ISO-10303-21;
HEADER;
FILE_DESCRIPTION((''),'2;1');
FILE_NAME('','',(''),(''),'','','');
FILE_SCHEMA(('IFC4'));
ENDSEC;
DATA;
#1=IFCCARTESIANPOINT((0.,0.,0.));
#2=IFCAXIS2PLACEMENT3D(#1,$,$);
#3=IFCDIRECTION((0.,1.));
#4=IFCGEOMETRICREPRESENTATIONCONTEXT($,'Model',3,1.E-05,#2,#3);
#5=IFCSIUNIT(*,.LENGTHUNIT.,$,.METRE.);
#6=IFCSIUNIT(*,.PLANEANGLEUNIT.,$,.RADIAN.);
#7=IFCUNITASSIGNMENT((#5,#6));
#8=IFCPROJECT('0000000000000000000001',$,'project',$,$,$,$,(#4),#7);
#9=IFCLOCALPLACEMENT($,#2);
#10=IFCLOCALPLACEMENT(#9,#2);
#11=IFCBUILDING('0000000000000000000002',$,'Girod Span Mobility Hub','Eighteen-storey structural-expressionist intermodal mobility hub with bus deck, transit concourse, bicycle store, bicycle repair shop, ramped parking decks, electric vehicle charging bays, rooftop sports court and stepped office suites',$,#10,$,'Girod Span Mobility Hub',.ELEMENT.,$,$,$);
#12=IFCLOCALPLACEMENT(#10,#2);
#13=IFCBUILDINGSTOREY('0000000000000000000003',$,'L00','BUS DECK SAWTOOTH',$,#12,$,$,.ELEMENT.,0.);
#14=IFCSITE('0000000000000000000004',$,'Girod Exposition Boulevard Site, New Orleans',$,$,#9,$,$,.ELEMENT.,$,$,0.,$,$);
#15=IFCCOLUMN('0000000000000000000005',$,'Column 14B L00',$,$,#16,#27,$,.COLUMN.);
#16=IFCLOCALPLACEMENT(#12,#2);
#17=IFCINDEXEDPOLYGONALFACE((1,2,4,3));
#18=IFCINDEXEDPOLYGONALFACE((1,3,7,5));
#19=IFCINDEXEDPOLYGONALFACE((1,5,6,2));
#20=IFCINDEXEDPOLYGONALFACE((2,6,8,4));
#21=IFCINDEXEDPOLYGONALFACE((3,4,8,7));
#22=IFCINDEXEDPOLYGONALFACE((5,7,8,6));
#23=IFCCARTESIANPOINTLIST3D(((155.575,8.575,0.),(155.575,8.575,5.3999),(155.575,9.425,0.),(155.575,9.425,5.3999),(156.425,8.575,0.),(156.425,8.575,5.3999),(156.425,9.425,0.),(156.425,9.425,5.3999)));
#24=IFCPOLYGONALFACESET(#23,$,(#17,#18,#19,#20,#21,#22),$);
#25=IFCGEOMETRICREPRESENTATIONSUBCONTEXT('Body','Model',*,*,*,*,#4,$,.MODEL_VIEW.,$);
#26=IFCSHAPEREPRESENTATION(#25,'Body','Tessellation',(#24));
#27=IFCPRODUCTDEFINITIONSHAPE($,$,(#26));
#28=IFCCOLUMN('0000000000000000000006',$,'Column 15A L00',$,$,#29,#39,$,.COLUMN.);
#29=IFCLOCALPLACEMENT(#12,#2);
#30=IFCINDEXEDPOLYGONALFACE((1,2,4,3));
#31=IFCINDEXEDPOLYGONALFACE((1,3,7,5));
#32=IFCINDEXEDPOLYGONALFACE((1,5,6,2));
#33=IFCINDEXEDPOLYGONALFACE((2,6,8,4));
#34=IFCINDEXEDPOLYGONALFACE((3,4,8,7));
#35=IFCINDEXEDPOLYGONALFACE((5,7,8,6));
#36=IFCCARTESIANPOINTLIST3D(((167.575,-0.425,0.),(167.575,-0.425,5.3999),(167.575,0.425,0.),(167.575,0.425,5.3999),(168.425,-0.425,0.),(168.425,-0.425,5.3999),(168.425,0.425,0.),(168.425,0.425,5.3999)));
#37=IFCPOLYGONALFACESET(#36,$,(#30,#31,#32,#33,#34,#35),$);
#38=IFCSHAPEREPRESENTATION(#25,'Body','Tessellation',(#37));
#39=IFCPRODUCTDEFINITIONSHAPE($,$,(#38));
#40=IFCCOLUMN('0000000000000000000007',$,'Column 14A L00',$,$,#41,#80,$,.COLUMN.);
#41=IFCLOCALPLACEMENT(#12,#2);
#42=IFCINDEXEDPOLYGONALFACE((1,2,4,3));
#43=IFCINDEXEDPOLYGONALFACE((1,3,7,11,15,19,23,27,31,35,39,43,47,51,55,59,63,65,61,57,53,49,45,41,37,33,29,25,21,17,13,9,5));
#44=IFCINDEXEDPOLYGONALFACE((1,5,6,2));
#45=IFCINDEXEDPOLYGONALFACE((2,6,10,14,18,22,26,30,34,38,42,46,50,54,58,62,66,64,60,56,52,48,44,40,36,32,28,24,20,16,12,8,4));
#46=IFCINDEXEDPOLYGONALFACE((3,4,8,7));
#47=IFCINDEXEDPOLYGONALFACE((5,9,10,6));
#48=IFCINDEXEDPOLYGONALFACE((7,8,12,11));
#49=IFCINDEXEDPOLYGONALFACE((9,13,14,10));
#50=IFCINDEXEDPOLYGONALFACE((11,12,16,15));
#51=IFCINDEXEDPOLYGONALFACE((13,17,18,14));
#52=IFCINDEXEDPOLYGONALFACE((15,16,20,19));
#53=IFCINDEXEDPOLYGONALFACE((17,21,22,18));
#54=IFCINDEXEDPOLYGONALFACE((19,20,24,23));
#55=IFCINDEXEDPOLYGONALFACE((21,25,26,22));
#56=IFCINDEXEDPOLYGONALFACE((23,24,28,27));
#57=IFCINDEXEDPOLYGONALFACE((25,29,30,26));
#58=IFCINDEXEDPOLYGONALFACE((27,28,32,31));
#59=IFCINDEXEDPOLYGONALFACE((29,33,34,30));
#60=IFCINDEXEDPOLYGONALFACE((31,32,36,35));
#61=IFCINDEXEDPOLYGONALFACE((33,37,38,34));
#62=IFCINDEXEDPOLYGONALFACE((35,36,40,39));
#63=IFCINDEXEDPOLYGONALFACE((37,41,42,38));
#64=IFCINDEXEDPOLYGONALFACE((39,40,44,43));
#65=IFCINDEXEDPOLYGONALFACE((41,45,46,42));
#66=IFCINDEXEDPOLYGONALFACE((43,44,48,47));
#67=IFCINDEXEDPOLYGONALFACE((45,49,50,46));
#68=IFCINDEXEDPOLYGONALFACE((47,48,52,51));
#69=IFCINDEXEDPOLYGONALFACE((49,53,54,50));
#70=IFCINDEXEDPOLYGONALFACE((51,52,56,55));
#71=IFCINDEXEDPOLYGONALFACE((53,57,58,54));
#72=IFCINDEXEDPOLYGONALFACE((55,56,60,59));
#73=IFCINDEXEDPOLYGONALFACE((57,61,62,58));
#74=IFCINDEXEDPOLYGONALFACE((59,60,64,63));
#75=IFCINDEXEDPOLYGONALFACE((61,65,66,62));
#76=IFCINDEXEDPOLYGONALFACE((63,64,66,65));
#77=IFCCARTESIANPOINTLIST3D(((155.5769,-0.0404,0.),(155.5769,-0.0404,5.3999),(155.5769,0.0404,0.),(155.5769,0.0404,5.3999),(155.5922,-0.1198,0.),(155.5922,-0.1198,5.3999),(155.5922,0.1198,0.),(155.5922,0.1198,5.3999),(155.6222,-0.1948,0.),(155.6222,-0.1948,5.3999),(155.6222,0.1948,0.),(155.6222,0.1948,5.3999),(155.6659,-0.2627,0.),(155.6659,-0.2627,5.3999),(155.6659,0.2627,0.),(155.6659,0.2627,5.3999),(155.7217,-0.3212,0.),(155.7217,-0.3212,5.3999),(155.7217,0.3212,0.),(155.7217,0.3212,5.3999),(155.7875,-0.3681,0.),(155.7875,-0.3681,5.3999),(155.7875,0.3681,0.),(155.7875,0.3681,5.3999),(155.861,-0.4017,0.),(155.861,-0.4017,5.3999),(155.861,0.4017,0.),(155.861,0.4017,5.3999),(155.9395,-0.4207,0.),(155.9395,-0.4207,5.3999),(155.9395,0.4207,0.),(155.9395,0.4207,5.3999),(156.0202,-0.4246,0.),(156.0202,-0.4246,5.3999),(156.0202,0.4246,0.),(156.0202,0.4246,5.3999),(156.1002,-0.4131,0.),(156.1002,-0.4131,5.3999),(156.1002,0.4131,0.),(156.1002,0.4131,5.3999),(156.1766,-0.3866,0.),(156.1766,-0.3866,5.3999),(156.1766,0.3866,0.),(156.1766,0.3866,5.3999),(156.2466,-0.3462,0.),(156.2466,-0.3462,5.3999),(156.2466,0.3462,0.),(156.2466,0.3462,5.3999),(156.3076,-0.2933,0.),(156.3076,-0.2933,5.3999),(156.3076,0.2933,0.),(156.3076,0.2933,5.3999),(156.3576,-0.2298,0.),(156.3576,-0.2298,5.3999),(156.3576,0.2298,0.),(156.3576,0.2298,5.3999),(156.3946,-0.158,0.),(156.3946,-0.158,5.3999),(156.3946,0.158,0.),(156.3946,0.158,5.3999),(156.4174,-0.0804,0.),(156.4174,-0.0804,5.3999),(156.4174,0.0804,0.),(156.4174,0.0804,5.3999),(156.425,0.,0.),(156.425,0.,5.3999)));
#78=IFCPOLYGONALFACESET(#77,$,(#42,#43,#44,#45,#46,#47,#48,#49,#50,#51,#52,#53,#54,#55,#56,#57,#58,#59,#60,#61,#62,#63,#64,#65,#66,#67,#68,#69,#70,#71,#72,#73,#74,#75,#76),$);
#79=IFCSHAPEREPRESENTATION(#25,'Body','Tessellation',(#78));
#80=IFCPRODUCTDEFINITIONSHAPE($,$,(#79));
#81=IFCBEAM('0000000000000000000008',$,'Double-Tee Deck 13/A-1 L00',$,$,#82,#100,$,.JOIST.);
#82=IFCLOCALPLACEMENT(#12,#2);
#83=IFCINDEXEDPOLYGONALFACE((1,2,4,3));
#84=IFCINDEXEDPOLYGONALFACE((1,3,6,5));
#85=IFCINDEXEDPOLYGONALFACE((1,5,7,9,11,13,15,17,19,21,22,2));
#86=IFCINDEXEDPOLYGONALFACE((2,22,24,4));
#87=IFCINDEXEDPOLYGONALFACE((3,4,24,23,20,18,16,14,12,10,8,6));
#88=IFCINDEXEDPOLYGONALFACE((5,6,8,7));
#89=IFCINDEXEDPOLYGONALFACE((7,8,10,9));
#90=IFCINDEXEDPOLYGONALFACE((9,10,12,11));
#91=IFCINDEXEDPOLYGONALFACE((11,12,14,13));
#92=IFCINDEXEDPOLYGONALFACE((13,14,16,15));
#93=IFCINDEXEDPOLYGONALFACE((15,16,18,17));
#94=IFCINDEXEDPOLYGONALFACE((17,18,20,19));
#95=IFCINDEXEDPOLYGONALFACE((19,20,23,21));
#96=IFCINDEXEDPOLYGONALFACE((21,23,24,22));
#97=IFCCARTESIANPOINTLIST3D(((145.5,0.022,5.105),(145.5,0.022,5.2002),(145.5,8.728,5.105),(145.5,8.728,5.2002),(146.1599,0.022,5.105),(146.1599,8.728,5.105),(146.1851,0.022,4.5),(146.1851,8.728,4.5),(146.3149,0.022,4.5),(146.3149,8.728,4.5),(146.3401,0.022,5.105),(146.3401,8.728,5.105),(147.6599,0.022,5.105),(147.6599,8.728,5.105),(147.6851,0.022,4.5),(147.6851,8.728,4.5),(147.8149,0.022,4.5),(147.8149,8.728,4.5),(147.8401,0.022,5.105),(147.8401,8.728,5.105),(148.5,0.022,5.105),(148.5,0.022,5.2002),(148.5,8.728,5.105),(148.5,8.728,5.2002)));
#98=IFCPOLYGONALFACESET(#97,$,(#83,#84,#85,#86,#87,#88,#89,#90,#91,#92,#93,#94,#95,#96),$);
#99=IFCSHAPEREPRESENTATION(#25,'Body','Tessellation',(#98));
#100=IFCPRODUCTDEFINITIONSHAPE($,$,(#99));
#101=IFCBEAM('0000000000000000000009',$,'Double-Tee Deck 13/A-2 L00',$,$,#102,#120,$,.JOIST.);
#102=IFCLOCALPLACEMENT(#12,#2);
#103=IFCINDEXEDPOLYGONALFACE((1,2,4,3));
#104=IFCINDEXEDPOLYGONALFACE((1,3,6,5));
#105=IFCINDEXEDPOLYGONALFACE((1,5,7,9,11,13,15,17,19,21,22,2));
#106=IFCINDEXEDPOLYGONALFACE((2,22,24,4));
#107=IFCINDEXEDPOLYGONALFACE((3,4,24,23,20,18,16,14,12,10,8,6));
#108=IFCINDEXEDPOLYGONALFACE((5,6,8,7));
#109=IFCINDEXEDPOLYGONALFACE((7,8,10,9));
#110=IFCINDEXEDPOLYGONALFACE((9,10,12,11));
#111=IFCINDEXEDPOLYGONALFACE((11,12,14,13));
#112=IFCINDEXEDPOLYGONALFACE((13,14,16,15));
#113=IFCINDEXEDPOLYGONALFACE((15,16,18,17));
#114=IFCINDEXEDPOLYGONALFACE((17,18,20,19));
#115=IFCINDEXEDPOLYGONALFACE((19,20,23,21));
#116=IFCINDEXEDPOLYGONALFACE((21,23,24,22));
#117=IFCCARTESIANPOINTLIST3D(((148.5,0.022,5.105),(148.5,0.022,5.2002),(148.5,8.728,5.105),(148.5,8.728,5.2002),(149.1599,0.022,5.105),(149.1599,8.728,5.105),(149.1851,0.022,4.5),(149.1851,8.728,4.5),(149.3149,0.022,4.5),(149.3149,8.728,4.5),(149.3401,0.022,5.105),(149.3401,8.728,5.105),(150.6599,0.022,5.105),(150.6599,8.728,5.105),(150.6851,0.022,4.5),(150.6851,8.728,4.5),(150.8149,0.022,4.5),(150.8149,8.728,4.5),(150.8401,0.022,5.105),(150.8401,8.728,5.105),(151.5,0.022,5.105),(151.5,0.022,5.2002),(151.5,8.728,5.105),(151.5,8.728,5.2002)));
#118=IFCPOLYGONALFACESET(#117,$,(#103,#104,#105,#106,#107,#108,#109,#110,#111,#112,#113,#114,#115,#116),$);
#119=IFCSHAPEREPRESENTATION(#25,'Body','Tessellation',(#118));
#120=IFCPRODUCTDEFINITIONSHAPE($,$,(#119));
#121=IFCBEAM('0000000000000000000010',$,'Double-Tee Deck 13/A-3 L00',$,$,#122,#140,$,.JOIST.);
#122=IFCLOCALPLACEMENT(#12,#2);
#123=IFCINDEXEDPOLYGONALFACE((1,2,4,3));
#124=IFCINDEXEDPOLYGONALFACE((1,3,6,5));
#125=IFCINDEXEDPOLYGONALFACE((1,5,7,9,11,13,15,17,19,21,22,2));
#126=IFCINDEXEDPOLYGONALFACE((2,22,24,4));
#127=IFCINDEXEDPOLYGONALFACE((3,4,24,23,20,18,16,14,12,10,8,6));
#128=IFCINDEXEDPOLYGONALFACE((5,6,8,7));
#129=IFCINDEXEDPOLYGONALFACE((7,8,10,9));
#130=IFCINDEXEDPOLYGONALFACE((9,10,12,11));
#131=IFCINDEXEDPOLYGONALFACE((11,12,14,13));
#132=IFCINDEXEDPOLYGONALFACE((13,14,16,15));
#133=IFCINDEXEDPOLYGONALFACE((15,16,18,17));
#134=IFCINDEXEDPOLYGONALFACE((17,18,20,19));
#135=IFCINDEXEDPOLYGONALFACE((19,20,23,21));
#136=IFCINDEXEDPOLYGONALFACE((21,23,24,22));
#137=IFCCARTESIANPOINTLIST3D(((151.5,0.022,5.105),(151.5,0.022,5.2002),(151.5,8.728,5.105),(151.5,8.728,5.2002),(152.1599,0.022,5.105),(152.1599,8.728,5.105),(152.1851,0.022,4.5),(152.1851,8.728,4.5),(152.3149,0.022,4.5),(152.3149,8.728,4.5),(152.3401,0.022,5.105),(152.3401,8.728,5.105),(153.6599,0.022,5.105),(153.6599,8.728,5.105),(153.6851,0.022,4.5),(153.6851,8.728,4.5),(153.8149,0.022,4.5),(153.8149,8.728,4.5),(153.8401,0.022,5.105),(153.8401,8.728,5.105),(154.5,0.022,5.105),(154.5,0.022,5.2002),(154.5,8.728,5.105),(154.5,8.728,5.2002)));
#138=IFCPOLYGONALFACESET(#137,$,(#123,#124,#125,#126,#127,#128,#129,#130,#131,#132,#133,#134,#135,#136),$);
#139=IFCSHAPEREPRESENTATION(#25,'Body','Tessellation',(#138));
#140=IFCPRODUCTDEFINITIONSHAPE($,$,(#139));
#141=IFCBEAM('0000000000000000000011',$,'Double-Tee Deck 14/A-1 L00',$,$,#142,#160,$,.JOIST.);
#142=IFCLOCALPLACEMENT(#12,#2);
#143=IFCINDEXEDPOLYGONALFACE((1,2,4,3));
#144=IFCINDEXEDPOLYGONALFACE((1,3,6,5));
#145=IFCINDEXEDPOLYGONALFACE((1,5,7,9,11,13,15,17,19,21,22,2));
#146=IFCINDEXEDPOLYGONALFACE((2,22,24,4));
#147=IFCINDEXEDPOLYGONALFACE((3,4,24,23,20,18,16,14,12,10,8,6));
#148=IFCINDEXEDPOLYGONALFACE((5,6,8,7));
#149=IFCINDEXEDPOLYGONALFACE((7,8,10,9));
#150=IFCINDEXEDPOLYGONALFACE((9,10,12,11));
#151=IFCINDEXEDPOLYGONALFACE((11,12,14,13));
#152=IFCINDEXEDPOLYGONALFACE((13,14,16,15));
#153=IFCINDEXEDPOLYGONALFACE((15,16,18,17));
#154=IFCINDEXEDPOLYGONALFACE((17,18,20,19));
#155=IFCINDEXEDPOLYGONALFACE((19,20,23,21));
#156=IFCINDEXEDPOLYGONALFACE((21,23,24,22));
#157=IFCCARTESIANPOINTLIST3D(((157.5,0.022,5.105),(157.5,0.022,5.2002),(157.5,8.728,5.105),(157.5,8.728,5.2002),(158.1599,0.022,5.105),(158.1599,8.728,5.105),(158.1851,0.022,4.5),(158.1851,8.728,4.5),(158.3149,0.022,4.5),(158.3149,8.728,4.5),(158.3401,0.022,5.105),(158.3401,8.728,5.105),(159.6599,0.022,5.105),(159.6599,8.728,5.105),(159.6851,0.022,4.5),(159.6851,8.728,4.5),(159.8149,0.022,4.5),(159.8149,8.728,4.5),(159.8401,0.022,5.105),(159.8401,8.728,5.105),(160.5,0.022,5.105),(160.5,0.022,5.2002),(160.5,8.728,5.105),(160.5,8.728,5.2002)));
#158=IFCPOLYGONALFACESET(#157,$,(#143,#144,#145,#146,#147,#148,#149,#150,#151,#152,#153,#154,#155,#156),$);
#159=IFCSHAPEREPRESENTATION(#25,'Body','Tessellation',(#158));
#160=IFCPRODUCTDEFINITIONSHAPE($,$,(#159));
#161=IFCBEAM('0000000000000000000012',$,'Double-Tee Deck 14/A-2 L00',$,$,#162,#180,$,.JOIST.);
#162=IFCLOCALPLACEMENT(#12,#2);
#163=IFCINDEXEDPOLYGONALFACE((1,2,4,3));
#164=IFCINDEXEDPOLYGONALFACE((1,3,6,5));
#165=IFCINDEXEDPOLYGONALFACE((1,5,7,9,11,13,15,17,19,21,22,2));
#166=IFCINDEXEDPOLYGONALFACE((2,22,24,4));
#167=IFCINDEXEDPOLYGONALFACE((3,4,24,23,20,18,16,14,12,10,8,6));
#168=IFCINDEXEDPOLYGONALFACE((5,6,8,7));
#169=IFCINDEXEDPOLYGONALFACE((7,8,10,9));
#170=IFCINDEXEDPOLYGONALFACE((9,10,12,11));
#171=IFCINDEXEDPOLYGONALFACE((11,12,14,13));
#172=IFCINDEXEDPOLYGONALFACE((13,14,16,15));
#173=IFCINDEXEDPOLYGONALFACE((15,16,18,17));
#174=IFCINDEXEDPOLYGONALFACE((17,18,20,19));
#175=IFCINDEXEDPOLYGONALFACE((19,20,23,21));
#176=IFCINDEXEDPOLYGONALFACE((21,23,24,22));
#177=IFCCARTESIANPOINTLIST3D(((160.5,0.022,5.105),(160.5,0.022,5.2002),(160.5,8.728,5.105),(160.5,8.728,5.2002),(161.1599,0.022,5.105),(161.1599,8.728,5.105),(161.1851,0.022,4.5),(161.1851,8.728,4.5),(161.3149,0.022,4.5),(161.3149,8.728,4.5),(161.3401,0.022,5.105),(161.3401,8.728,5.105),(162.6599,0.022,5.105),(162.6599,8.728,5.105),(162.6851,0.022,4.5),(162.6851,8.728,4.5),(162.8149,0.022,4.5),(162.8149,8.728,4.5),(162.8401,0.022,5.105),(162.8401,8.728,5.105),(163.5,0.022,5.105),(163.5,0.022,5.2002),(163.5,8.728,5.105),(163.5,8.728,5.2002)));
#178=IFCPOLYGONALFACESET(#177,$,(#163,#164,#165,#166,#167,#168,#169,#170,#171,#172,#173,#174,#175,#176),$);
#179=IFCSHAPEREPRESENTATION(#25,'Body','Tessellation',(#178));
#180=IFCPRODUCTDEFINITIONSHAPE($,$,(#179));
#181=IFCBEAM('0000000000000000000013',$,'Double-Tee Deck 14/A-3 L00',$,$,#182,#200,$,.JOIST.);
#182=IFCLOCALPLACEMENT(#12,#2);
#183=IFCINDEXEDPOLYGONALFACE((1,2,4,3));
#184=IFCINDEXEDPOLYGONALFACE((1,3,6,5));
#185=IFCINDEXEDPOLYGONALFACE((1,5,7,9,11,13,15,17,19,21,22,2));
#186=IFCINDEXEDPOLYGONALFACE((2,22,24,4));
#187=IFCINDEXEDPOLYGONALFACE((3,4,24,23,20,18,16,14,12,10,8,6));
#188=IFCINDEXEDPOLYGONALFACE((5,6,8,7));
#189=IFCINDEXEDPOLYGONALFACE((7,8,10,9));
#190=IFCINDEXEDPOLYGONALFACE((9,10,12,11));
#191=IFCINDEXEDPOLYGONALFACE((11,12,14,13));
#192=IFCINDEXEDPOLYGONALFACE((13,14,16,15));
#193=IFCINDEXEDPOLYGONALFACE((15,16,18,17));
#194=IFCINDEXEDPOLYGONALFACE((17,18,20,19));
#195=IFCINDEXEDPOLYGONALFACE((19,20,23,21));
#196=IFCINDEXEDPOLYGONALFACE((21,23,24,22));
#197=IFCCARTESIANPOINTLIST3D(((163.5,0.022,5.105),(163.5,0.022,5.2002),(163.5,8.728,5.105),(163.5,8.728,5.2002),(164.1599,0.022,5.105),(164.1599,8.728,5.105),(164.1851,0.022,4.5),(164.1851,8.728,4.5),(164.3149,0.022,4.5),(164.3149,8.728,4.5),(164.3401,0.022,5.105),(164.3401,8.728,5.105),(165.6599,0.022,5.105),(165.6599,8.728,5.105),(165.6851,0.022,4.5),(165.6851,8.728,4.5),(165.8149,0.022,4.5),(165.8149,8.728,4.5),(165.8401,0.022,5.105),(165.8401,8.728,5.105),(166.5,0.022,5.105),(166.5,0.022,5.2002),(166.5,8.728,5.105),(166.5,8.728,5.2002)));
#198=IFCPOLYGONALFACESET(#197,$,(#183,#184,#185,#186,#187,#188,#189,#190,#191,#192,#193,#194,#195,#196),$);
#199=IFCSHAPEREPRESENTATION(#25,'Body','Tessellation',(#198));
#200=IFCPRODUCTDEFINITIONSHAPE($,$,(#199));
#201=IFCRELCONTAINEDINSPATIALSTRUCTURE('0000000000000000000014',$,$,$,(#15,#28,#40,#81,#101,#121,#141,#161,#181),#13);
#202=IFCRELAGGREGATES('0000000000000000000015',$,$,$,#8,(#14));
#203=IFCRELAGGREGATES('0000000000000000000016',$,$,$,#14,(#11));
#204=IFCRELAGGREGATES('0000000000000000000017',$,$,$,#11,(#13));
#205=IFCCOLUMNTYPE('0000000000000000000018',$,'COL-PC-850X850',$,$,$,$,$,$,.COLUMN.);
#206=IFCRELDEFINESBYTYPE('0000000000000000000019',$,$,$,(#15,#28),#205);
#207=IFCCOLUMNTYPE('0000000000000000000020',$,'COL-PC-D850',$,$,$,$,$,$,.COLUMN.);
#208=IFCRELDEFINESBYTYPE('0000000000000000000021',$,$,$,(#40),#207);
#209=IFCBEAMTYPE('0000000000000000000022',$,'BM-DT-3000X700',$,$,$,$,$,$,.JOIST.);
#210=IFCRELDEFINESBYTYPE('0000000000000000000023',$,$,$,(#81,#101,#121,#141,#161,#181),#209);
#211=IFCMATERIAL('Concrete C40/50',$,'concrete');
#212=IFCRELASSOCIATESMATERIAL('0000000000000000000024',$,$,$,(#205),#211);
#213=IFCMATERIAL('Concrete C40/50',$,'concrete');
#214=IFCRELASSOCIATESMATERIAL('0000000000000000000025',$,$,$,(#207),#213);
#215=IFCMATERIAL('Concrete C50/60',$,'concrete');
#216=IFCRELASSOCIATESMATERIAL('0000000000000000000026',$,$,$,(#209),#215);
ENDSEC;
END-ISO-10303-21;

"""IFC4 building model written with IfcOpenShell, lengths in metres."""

from ifc_helpers import new_model, si_unit, direction, frame, origin, origin_2d, place, context, subcontext, project, spatial, polyline, rectangle, circle, outline, extrude, material, material_profile, profile_set, type_object, element, save


model = new_model("IFC4")

# Units and contexts
model_context = context("Model", 3, precision=1e-05, world=origin(), true_north=direction((0.0, 1.0)))
body_context = subcontext(model_context, "Body", "Model", "MODEL_VIEW")
ifc_project = project(units=[si_unit("LENGTHUNIT", "METRE"), si_unit("PLANEANGLEUNIT", "RADIAN")], contexts=[model_context])

# Site, building, storey
site_placement = place(None, origin())
site = spatial("IfcSite", under=ifc_project, at=site_placement, Name="Girod Exposition Boulevard Site, New Orleans", CompositionType="ELEMENT", RefElevation=0.0)
building_placement = place(site_placement, origin())
building = spatial("IfcBuilding", under=site, at=building_placement, Name="Girod Span Mobility Hub", Description="Eighteen-storey structural-expressionist intermodal mobility hub with bus deck, transit concourse, bicycle store, bicycle repair shop, ramped parking decks, electric vehicle charging bays, rooftop sports court and stepped office suites", LongName="Girod Span Mobility Hub", CompositionType="ELEMENT")
storey_placement = place(building_placement, origin())
storey = spatial("IfcBuildingStorey", under=building, at=storey_placement, Name="L00", Description="BUS DECK SAWTOOTH", CompositionType="ELEMENT", Elevation=0.0)

# Columns
ifc_material_1 = material(Name="Concrete C40/50", Category="concrete")
ifc_material_profile_1 = material_profile(ifc_material_1, rectangle(XDim=0.8501, YDim=0.8501, at=origin_2d()), Name="PC-COL-850X850")
ifc_profile_set_1 = profile_set([ifc_material_profile_1], Name="Concrete C40/50")
column_type_1 = type_object("IfcColumnType", Name="COL-PC-850X850", PredefinedType="COLUMN", material=ifc_profile_set_1)
for number, where, z_axis, x_axis, name in (
    (1, (156.0, 9.0, 0.0), (0.0, 0.0, 1.0), (1.0, 0.0, 0.0), "Column 14B L00"),
    (2, (168.0, 0.0, 0.0), (0.0, 0.0, 1.0), (1.0, 0.0, 0.0), "Column 15A L00"),
):
    element("IfcColumn", number, at=place(storey_placement, frame(where, z_axis=z_axis, x_axis=x_axis)), inside=storey, type_object=column_type_1, Name=name, PredefinedType="COLUMN", context=body_context, shape_type="SweptSolid", body=[
        extrude(rectangle(XDim=0.8501, YDim=0.8501, at=origin_2d()), origin(), (0.0, 0.0, 1.0), 5.3999),
    ])
ifc_material_2 = material(Name="Concrete C40/50", Category="concrete")
ifc_material_profile_2 = material_profile(ifc_material_2, circle(Radius=0.425, at=origin_2d()), Name="PC-CIR-D850")
ifc_profile_set_2 = profile_set([ifc_material_profile_2], Name="Concrete C40/50")
column_type_2 = type_object("IfcColumnType", Name="COL-PC-D850", PredefinedType="COLUMN", material=ifc_profile_set_2)
column_placement = place(storey_placement, frame((156.0, 0.0, 0.0), z_axis=(0.0, 0.0, 1.0), x_axis=(1.0, 0.0, 0.0)))
element("IfcColumn", 3, at=column_placement, inside=storey, type_object=column_type_2, Name="Column 14A L00", PredefinedType="COLUMN", context=body_context, shape_type="SweptSolid", body=[
    extrude(circle(Radius=0.425, at=origin_2d()), origin(), (0.0, 0.0, 1.0), 5.3999),
])

# Beams
ifc_material_3 = material(Name="Concrete C50/60", Category="concrete")
ifc_material_profile_3 = material_profile(ifc_material_3, outline(polyline([(-1.5, 0.3501), (-1.5, 0.2549), (-0.8401, 0.2549), (-0.8149, -0.3501), (-0.6851, -0.3501), (-0.6599, 0.2549), (0.6599, 0.2549), (0.6851, -0.3501), (0.8149, -0.3501), (0.8401, 0.2549), (1.5, 0.2549), (1.5, 0.3501), (-1.5, 0.3501)])), Name="DT-3000X700")
ifc_profile_set_3 = profile_set([ifc_material_profile_3], Name="Concrete C50/60")
beam_type_1 = type_object("IfcBeamType", Name="BM-DT-3000X700", PredefinedType="JOIST", material=ifc_profile_set_3)
for number, where, z_axis, x_axis, name in (
    (4, (147.0, 0.022, 4.8501), (0.0, 1.0, 0.0), (-1.0, 0.0, 0.0), "Double-Tee Deck 13/A-1 L00"),
    (5, (150.0, 0.022, 4.8501), (0.0, 1.0, 0.0), (-1.0, 0.0, 0.0), "Double-Tee Deck 13/A-2 L00"),
    (6, (153.0, 0.022, 4.8501), (0.0, 1.0, 0.0), (-1.0, 0.0, 0.0), "Double-Tee Deck 13/A-3 L00"),
    (7, (159.0, 0.022, 4.8501), (0.0, 1.0, 0.0), (-1.0, 0.0, 0.0), "Double-Tee Deck 14/A-1 L00"),
    (8, (162.0, 0.022, 4.8501), (0.0, 1.0, 0.0), (-1.0, 0.0, 0.0), "Double-Tee Deck 14/A-2 L00"),
    (9, (165.0, 0.022, 4.8501), (0.0, 1.0, 0.0), (-1.0, 0.0, 0.0), "Double-Tee Deck 14/A-3 L00"),
):
    element("IfcBeam", number, at=place(storey_placement, frame(where, z_axis=z_axis, x_axis=x_axis)), inside=storey, type_object=beam_type_1, Name=name, PredefinedType="JOIST", context=body_context, shape_type="SweptSolid", body=[
        extrude(outline(polyline([(-1.5, 0.3501), (-1.5, 0.2549), (-0.8401, 0.2549), (-0.8149, -0.3501), (-0.6851, -0.3501), (-0.6599, 0.2549), (0.6599, 0.2549), (0.6851, -0.3501), (0.8149, -0.3501), (0.8401, 0.2549), (1.5, 0.2549), (1.5, 0.3501), (-1.5, 0.3501)])), origin(), (0.0, 0.0, 1.0), 8.7061),
    ])

save(model, "model.ifc")
